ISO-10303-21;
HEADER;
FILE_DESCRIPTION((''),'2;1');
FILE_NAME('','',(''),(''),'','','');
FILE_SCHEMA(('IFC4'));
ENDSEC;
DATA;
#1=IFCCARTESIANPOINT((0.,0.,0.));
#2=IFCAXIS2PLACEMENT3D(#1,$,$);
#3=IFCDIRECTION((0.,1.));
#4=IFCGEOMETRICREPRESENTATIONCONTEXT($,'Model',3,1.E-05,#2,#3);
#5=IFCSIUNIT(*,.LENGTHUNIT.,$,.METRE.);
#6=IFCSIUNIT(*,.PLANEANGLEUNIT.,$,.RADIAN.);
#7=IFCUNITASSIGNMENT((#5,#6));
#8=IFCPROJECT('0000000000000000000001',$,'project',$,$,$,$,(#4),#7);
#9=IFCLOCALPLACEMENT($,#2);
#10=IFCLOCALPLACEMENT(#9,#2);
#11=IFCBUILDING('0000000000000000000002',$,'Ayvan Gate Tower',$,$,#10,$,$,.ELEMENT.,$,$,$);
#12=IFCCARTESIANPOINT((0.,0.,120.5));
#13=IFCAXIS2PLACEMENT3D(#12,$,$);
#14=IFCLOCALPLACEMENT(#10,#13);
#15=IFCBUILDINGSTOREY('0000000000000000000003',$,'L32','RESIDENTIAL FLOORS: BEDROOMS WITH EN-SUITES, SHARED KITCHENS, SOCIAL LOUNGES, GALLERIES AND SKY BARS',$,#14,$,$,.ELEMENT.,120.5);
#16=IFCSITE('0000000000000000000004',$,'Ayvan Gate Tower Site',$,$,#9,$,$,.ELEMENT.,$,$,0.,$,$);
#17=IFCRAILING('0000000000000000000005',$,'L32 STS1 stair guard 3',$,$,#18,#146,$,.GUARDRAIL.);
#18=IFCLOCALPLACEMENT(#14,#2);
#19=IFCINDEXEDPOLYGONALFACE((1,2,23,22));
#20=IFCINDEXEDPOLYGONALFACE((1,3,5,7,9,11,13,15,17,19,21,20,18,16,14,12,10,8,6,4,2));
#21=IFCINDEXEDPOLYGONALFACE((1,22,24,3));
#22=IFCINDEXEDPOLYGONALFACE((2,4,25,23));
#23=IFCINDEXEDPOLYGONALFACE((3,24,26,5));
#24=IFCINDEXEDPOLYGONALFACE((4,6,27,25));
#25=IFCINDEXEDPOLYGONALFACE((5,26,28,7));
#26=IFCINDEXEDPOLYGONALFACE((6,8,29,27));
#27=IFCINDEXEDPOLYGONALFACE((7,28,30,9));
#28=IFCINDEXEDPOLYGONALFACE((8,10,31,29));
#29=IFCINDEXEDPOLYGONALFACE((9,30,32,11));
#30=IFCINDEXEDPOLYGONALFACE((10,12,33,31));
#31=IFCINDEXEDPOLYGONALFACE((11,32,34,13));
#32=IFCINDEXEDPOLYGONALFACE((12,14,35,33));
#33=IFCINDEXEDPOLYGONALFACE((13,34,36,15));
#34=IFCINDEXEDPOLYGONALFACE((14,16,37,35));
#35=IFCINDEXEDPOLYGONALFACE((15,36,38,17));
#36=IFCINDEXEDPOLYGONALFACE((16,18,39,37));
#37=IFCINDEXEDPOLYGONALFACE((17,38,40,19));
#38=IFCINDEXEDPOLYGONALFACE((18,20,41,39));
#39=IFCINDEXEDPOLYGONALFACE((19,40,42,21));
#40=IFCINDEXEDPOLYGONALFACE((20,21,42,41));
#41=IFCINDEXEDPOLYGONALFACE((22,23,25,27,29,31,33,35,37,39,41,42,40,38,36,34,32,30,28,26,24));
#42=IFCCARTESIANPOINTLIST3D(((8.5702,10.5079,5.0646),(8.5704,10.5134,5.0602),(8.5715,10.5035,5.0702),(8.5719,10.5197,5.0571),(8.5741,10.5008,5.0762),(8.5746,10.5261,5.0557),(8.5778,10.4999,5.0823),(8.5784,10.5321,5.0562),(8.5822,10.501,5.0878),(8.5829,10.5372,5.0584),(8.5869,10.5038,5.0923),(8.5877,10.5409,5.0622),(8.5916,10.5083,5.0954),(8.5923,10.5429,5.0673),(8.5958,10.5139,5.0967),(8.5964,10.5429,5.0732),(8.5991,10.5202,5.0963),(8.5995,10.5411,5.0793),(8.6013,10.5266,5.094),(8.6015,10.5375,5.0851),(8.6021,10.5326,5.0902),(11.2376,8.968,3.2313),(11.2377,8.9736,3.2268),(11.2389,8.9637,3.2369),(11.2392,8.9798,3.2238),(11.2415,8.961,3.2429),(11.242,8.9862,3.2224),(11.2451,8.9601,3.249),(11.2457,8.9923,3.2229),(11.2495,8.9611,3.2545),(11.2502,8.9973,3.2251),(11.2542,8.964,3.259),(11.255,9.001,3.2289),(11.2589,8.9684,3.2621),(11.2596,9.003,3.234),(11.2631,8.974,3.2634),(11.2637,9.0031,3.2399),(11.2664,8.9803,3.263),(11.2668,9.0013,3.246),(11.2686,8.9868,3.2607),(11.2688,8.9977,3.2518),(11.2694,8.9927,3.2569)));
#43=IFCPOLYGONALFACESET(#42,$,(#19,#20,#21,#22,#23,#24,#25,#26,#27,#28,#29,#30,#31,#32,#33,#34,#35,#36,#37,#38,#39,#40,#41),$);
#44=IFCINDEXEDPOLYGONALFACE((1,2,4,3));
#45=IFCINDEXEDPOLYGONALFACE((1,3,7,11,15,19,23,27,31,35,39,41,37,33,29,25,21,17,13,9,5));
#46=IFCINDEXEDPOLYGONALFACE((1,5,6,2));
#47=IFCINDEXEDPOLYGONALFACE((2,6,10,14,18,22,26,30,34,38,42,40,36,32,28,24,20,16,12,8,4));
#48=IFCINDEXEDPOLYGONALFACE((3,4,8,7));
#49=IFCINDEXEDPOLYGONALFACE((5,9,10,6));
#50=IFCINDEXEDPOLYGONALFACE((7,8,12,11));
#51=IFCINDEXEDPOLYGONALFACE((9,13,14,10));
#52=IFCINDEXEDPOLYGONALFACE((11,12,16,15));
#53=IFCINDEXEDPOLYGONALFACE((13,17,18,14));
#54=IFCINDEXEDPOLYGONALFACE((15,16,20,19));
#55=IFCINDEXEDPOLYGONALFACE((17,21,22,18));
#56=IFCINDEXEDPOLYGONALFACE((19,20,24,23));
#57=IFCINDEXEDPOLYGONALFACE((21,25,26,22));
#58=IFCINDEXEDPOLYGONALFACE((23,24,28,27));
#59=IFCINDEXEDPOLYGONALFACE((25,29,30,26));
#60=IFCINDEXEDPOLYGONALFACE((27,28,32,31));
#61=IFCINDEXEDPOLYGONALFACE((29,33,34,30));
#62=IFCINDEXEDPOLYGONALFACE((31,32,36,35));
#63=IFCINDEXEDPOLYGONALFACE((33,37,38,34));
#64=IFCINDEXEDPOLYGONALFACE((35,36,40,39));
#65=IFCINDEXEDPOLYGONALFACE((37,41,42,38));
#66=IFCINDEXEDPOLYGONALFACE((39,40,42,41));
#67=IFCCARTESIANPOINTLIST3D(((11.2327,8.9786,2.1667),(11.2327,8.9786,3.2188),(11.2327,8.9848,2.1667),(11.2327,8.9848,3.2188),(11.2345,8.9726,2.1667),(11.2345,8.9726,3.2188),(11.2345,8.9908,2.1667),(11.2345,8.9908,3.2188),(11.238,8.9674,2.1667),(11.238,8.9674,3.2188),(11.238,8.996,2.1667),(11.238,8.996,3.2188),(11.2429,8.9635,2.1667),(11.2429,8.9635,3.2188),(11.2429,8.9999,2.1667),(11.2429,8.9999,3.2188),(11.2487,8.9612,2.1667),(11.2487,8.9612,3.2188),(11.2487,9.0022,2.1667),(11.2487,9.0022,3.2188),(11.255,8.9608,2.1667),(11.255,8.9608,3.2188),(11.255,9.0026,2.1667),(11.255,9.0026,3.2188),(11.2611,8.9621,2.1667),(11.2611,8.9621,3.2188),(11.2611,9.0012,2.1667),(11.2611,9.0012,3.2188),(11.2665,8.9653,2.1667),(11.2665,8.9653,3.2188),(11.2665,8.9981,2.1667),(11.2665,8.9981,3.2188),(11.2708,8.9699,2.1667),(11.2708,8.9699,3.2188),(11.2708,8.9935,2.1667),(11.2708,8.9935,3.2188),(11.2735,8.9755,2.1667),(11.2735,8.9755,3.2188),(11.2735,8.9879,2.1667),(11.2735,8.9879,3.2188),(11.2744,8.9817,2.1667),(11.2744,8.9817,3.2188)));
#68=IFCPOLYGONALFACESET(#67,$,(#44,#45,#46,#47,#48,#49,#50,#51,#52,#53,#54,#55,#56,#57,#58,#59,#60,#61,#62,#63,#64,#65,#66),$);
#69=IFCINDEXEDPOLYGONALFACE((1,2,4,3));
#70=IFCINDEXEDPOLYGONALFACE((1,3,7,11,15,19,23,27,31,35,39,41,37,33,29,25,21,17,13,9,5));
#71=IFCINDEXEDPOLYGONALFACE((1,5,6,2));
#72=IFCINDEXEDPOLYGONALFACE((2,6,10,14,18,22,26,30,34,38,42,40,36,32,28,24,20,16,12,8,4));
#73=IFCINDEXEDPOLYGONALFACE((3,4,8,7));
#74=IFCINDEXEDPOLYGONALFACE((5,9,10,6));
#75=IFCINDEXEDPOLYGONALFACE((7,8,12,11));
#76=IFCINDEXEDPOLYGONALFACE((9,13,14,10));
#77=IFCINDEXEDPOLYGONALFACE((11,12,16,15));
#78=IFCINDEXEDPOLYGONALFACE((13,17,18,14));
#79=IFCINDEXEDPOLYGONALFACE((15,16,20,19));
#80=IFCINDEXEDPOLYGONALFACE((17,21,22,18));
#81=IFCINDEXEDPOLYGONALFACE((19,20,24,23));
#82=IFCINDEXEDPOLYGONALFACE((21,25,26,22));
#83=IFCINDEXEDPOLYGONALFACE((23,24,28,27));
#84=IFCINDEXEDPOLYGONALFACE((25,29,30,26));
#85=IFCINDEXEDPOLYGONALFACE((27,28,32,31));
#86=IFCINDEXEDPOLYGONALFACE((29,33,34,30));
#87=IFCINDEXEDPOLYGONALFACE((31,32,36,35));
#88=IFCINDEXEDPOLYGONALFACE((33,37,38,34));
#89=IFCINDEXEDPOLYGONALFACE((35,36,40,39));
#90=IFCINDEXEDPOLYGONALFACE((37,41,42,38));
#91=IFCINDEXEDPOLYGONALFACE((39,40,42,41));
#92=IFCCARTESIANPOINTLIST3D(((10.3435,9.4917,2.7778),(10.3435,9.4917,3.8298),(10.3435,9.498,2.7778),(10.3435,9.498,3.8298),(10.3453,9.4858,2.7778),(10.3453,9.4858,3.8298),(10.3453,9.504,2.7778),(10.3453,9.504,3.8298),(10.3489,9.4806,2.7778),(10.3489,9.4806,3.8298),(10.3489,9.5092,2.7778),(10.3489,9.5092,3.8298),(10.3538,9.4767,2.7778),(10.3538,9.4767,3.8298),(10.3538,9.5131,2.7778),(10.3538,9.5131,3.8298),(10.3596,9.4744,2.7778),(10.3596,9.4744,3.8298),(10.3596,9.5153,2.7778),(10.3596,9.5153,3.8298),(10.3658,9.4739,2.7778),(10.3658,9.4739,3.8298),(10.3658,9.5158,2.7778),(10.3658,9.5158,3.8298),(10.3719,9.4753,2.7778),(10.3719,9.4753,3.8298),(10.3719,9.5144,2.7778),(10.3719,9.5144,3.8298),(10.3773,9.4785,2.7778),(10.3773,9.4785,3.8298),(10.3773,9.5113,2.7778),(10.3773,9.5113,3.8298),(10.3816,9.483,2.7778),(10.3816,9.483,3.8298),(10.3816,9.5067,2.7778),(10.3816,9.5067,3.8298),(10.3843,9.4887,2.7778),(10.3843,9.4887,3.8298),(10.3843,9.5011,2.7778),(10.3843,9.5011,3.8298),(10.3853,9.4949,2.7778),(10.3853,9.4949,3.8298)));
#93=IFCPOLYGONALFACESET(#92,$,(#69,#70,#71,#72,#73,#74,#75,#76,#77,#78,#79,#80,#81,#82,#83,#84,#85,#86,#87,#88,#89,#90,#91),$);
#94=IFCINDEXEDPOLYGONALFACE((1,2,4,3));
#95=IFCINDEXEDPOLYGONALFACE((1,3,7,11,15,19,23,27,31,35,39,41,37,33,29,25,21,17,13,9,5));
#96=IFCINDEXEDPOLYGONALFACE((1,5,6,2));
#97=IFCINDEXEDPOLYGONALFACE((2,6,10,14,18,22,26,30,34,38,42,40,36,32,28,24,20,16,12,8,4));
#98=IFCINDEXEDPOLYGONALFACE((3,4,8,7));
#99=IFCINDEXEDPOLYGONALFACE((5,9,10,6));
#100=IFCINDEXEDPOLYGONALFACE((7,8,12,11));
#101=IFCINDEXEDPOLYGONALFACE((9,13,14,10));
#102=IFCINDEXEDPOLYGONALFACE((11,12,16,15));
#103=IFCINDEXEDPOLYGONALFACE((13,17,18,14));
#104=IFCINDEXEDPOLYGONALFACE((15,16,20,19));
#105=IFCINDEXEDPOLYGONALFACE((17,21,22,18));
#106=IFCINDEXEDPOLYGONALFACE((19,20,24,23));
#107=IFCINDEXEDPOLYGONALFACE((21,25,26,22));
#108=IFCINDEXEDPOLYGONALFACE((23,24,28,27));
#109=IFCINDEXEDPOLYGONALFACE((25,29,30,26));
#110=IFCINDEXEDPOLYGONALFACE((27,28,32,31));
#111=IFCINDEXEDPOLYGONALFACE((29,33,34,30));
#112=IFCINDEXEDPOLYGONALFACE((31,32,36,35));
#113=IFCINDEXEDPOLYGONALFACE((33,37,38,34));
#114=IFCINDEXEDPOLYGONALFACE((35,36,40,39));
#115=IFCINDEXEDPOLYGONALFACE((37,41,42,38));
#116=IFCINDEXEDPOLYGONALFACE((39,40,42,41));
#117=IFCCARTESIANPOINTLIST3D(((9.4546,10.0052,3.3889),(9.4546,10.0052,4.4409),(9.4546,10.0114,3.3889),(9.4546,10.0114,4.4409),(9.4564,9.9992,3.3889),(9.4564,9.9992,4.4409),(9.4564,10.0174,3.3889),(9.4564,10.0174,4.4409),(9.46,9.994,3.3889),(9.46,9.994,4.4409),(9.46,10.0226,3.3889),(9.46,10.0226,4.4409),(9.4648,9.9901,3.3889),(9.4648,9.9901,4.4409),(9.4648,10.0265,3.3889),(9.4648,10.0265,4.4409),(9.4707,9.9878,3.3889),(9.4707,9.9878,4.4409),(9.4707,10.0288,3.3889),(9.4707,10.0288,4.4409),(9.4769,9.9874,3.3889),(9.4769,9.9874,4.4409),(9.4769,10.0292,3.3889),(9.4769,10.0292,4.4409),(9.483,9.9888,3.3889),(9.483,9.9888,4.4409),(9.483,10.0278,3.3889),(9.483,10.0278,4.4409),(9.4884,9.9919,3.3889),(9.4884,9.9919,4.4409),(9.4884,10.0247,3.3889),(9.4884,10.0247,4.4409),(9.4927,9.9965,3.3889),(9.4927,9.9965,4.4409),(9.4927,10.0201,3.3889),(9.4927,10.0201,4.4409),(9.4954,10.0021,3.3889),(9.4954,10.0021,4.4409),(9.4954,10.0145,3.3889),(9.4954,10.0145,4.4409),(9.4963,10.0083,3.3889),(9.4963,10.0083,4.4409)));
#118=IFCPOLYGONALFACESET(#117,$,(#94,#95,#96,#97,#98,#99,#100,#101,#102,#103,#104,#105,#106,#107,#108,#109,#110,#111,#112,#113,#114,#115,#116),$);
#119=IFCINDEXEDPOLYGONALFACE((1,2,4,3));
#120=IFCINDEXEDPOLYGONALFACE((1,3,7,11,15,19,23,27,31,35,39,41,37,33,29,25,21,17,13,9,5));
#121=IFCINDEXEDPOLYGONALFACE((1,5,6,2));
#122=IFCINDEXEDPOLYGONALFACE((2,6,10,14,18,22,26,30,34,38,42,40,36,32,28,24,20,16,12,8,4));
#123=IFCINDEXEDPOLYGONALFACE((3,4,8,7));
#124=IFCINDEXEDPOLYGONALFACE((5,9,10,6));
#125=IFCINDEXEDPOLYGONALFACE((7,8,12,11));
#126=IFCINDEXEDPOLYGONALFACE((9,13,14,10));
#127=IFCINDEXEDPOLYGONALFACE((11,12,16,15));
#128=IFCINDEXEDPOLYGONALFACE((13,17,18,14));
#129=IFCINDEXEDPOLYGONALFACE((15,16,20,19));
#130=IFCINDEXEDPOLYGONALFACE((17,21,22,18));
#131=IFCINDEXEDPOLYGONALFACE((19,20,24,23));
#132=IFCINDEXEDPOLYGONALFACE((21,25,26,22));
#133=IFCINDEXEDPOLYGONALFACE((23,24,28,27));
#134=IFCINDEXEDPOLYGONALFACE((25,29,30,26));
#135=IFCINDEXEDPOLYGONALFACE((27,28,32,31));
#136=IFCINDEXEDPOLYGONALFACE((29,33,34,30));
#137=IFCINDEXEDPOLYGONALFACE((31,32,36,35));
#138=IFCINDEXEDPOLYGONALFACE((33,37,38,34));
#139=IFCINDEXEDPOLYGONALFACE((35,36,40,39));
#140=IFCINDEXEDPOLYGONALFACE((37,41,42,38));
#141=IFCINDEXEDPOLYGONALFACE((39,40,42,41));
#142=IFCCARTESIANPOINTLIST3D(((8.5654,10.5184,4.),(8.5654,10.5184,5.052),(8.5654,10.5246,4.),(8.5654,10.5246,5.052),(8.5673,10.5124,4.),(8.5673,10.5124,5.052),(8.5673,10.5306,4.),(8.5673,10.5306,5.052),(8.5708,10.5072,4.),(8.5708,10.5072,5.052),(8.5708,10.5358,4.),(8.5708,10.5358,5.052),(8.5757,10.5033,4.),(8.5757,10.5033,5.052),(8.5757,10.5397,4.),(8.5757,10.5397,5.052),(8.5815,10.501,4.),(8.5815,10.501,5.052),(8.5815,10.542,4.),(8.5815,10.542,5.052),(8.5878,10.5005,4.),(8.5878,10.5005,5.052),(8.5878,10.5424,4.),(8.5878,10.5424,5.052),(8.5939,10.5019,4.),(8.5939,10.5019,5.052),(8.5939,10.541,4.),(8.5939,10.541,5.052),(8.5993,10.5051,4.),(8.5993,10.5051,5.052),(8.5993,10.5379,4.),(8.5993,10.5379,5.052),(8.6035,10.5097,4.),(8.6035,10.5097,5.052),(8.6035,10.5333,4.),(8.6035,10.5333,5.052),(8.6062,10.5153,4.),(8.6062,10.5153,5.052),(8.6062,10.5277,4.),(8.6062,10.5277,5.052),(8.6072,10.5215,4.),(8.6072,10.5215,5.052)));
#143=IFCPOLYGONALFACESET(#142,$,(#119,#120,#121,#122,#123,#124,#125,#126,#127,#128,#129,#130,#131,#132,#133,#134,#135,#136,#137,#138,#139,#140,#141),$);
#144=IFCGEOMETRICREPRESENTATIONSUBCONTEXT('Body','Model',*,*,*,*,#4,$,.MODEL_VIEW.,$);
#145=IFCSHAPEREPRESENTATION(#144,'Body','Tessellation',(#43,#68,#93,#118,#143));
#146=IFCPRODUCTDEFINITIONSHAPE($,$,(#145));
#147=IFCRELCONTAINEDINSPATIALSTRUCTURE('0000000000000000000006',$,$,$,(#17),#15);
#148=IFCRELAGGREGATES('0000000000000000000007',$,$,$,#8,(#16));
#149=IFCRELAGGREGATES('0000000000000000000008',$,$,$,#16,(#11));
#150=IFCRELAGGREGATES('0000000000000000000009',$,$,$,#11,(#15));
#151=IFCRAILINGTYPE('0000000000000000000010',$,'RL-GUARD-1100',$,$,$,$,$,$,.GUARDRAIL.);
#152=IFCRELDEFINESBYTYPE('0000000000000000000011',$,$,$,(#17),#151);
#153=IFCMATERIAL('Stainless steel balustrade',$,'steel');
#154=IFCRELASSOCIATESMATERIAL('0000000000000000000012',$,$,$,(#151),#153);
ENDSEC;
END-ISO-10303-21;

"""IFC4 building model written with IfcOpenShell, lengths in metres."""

from ifc_helpers import new_model, si_unit, direction, frame, origin, origin_2d, place, context, subcontext, project, spatial, circle, extrude, material, type_object, element, save


model = new_model("IFC4")

# Units and contexts
model_context = context("Model", 3, precision=1e-05, world=origin(), true_north=direction((0.0, 1.0)))
body_context = subcontext(model_context, "Body", "Model", "MODEL_VIEW")
ifc_project = project(units=[si_unit("LENGTHUNIT", "METRE"), si_unit("PLANEANGLEUNIT", "RADIAN")], contexts=[model_context])

# Site, building, storey
site_placement = place(None, origin())
site = spatial("IfcSite", under=ifc_project, at=site_placement, Name="Ayvan Gate Tower Site", CompositionType="ELEMENT", RefElevation=0.0)
building_placement = place(site_placement, origin())
building = spatial("IfcBuilding", under=site, at=building_placement, Name="Ayvan Gate Tower", CompositionType="ELEMENT")
storey_placement = place(building_placement, frame((0.0, 0.0, 120.5)))
storey = spatial("IfcBuildingStorey", under=building, at=storey_placement, Name="L32", Description="RESIDENTIAL FLOORS: BEDROOMS WITH EN-SUITES, SHARED KITCHENS, SOCIAL LOUNGES, GALLERIES AND SKY BARS", CompositionType="ELEMENT", Elevation=120.5)

# Railing
ifc_material_1 = material(Name="Stainless steel balustrade", Category="steel")
railing_type_1 = type_object("IfcRailingType", Name="RL-GUARD-1100", PredefinedType="GUARDRAIL", material=ifc_material_1)
railing_1_placement = place(storey_placement, frame((11.2534, 8.9817, 2.1667)))
element("IfcRailing", 1, at=railing_1_placement, inside=storey, type_object=railing_type_1, Name="L32 STS1 stair guard 3", PredefinedType="GUARDRAIL", context=body_context, shape_type="SweptSolid", body=[
    extrude(circle(Radius=0.0239, at=origin_2d()), frame((0.0, 0.0, 1.0762), z_axis=(-0.744181, 0.429616, 0.511493), x_axis=(-0.499967, -0.866044, 0.0)), (0.0, 0.0, 1.0), 3.5842),
    extrude(circle(Radius=0.021, at=origin_2d()), origin(), (0.0, 0.0, 1.0), 1.052),
    extrude(circle(Radius=0.021, at=origin_2d()), frame((-0.8892, 0.5132, 0.6111)), (0.0, 0.0, 1.0), 1.052),
    extrude(circle(Radius=0.021, at=origin_2d()), frame((-1.7781, 1.0266, 1.2222)), (0.0, 0.0, 1.0), 1.052),
    extrude(circle(Radius=0.021, at=origin_2d()), frame((-2.6672, 1.5398, 1.8333)), (0.0, 0.0, 1.0), 1.052),
])

save(model, "model.ifc")
